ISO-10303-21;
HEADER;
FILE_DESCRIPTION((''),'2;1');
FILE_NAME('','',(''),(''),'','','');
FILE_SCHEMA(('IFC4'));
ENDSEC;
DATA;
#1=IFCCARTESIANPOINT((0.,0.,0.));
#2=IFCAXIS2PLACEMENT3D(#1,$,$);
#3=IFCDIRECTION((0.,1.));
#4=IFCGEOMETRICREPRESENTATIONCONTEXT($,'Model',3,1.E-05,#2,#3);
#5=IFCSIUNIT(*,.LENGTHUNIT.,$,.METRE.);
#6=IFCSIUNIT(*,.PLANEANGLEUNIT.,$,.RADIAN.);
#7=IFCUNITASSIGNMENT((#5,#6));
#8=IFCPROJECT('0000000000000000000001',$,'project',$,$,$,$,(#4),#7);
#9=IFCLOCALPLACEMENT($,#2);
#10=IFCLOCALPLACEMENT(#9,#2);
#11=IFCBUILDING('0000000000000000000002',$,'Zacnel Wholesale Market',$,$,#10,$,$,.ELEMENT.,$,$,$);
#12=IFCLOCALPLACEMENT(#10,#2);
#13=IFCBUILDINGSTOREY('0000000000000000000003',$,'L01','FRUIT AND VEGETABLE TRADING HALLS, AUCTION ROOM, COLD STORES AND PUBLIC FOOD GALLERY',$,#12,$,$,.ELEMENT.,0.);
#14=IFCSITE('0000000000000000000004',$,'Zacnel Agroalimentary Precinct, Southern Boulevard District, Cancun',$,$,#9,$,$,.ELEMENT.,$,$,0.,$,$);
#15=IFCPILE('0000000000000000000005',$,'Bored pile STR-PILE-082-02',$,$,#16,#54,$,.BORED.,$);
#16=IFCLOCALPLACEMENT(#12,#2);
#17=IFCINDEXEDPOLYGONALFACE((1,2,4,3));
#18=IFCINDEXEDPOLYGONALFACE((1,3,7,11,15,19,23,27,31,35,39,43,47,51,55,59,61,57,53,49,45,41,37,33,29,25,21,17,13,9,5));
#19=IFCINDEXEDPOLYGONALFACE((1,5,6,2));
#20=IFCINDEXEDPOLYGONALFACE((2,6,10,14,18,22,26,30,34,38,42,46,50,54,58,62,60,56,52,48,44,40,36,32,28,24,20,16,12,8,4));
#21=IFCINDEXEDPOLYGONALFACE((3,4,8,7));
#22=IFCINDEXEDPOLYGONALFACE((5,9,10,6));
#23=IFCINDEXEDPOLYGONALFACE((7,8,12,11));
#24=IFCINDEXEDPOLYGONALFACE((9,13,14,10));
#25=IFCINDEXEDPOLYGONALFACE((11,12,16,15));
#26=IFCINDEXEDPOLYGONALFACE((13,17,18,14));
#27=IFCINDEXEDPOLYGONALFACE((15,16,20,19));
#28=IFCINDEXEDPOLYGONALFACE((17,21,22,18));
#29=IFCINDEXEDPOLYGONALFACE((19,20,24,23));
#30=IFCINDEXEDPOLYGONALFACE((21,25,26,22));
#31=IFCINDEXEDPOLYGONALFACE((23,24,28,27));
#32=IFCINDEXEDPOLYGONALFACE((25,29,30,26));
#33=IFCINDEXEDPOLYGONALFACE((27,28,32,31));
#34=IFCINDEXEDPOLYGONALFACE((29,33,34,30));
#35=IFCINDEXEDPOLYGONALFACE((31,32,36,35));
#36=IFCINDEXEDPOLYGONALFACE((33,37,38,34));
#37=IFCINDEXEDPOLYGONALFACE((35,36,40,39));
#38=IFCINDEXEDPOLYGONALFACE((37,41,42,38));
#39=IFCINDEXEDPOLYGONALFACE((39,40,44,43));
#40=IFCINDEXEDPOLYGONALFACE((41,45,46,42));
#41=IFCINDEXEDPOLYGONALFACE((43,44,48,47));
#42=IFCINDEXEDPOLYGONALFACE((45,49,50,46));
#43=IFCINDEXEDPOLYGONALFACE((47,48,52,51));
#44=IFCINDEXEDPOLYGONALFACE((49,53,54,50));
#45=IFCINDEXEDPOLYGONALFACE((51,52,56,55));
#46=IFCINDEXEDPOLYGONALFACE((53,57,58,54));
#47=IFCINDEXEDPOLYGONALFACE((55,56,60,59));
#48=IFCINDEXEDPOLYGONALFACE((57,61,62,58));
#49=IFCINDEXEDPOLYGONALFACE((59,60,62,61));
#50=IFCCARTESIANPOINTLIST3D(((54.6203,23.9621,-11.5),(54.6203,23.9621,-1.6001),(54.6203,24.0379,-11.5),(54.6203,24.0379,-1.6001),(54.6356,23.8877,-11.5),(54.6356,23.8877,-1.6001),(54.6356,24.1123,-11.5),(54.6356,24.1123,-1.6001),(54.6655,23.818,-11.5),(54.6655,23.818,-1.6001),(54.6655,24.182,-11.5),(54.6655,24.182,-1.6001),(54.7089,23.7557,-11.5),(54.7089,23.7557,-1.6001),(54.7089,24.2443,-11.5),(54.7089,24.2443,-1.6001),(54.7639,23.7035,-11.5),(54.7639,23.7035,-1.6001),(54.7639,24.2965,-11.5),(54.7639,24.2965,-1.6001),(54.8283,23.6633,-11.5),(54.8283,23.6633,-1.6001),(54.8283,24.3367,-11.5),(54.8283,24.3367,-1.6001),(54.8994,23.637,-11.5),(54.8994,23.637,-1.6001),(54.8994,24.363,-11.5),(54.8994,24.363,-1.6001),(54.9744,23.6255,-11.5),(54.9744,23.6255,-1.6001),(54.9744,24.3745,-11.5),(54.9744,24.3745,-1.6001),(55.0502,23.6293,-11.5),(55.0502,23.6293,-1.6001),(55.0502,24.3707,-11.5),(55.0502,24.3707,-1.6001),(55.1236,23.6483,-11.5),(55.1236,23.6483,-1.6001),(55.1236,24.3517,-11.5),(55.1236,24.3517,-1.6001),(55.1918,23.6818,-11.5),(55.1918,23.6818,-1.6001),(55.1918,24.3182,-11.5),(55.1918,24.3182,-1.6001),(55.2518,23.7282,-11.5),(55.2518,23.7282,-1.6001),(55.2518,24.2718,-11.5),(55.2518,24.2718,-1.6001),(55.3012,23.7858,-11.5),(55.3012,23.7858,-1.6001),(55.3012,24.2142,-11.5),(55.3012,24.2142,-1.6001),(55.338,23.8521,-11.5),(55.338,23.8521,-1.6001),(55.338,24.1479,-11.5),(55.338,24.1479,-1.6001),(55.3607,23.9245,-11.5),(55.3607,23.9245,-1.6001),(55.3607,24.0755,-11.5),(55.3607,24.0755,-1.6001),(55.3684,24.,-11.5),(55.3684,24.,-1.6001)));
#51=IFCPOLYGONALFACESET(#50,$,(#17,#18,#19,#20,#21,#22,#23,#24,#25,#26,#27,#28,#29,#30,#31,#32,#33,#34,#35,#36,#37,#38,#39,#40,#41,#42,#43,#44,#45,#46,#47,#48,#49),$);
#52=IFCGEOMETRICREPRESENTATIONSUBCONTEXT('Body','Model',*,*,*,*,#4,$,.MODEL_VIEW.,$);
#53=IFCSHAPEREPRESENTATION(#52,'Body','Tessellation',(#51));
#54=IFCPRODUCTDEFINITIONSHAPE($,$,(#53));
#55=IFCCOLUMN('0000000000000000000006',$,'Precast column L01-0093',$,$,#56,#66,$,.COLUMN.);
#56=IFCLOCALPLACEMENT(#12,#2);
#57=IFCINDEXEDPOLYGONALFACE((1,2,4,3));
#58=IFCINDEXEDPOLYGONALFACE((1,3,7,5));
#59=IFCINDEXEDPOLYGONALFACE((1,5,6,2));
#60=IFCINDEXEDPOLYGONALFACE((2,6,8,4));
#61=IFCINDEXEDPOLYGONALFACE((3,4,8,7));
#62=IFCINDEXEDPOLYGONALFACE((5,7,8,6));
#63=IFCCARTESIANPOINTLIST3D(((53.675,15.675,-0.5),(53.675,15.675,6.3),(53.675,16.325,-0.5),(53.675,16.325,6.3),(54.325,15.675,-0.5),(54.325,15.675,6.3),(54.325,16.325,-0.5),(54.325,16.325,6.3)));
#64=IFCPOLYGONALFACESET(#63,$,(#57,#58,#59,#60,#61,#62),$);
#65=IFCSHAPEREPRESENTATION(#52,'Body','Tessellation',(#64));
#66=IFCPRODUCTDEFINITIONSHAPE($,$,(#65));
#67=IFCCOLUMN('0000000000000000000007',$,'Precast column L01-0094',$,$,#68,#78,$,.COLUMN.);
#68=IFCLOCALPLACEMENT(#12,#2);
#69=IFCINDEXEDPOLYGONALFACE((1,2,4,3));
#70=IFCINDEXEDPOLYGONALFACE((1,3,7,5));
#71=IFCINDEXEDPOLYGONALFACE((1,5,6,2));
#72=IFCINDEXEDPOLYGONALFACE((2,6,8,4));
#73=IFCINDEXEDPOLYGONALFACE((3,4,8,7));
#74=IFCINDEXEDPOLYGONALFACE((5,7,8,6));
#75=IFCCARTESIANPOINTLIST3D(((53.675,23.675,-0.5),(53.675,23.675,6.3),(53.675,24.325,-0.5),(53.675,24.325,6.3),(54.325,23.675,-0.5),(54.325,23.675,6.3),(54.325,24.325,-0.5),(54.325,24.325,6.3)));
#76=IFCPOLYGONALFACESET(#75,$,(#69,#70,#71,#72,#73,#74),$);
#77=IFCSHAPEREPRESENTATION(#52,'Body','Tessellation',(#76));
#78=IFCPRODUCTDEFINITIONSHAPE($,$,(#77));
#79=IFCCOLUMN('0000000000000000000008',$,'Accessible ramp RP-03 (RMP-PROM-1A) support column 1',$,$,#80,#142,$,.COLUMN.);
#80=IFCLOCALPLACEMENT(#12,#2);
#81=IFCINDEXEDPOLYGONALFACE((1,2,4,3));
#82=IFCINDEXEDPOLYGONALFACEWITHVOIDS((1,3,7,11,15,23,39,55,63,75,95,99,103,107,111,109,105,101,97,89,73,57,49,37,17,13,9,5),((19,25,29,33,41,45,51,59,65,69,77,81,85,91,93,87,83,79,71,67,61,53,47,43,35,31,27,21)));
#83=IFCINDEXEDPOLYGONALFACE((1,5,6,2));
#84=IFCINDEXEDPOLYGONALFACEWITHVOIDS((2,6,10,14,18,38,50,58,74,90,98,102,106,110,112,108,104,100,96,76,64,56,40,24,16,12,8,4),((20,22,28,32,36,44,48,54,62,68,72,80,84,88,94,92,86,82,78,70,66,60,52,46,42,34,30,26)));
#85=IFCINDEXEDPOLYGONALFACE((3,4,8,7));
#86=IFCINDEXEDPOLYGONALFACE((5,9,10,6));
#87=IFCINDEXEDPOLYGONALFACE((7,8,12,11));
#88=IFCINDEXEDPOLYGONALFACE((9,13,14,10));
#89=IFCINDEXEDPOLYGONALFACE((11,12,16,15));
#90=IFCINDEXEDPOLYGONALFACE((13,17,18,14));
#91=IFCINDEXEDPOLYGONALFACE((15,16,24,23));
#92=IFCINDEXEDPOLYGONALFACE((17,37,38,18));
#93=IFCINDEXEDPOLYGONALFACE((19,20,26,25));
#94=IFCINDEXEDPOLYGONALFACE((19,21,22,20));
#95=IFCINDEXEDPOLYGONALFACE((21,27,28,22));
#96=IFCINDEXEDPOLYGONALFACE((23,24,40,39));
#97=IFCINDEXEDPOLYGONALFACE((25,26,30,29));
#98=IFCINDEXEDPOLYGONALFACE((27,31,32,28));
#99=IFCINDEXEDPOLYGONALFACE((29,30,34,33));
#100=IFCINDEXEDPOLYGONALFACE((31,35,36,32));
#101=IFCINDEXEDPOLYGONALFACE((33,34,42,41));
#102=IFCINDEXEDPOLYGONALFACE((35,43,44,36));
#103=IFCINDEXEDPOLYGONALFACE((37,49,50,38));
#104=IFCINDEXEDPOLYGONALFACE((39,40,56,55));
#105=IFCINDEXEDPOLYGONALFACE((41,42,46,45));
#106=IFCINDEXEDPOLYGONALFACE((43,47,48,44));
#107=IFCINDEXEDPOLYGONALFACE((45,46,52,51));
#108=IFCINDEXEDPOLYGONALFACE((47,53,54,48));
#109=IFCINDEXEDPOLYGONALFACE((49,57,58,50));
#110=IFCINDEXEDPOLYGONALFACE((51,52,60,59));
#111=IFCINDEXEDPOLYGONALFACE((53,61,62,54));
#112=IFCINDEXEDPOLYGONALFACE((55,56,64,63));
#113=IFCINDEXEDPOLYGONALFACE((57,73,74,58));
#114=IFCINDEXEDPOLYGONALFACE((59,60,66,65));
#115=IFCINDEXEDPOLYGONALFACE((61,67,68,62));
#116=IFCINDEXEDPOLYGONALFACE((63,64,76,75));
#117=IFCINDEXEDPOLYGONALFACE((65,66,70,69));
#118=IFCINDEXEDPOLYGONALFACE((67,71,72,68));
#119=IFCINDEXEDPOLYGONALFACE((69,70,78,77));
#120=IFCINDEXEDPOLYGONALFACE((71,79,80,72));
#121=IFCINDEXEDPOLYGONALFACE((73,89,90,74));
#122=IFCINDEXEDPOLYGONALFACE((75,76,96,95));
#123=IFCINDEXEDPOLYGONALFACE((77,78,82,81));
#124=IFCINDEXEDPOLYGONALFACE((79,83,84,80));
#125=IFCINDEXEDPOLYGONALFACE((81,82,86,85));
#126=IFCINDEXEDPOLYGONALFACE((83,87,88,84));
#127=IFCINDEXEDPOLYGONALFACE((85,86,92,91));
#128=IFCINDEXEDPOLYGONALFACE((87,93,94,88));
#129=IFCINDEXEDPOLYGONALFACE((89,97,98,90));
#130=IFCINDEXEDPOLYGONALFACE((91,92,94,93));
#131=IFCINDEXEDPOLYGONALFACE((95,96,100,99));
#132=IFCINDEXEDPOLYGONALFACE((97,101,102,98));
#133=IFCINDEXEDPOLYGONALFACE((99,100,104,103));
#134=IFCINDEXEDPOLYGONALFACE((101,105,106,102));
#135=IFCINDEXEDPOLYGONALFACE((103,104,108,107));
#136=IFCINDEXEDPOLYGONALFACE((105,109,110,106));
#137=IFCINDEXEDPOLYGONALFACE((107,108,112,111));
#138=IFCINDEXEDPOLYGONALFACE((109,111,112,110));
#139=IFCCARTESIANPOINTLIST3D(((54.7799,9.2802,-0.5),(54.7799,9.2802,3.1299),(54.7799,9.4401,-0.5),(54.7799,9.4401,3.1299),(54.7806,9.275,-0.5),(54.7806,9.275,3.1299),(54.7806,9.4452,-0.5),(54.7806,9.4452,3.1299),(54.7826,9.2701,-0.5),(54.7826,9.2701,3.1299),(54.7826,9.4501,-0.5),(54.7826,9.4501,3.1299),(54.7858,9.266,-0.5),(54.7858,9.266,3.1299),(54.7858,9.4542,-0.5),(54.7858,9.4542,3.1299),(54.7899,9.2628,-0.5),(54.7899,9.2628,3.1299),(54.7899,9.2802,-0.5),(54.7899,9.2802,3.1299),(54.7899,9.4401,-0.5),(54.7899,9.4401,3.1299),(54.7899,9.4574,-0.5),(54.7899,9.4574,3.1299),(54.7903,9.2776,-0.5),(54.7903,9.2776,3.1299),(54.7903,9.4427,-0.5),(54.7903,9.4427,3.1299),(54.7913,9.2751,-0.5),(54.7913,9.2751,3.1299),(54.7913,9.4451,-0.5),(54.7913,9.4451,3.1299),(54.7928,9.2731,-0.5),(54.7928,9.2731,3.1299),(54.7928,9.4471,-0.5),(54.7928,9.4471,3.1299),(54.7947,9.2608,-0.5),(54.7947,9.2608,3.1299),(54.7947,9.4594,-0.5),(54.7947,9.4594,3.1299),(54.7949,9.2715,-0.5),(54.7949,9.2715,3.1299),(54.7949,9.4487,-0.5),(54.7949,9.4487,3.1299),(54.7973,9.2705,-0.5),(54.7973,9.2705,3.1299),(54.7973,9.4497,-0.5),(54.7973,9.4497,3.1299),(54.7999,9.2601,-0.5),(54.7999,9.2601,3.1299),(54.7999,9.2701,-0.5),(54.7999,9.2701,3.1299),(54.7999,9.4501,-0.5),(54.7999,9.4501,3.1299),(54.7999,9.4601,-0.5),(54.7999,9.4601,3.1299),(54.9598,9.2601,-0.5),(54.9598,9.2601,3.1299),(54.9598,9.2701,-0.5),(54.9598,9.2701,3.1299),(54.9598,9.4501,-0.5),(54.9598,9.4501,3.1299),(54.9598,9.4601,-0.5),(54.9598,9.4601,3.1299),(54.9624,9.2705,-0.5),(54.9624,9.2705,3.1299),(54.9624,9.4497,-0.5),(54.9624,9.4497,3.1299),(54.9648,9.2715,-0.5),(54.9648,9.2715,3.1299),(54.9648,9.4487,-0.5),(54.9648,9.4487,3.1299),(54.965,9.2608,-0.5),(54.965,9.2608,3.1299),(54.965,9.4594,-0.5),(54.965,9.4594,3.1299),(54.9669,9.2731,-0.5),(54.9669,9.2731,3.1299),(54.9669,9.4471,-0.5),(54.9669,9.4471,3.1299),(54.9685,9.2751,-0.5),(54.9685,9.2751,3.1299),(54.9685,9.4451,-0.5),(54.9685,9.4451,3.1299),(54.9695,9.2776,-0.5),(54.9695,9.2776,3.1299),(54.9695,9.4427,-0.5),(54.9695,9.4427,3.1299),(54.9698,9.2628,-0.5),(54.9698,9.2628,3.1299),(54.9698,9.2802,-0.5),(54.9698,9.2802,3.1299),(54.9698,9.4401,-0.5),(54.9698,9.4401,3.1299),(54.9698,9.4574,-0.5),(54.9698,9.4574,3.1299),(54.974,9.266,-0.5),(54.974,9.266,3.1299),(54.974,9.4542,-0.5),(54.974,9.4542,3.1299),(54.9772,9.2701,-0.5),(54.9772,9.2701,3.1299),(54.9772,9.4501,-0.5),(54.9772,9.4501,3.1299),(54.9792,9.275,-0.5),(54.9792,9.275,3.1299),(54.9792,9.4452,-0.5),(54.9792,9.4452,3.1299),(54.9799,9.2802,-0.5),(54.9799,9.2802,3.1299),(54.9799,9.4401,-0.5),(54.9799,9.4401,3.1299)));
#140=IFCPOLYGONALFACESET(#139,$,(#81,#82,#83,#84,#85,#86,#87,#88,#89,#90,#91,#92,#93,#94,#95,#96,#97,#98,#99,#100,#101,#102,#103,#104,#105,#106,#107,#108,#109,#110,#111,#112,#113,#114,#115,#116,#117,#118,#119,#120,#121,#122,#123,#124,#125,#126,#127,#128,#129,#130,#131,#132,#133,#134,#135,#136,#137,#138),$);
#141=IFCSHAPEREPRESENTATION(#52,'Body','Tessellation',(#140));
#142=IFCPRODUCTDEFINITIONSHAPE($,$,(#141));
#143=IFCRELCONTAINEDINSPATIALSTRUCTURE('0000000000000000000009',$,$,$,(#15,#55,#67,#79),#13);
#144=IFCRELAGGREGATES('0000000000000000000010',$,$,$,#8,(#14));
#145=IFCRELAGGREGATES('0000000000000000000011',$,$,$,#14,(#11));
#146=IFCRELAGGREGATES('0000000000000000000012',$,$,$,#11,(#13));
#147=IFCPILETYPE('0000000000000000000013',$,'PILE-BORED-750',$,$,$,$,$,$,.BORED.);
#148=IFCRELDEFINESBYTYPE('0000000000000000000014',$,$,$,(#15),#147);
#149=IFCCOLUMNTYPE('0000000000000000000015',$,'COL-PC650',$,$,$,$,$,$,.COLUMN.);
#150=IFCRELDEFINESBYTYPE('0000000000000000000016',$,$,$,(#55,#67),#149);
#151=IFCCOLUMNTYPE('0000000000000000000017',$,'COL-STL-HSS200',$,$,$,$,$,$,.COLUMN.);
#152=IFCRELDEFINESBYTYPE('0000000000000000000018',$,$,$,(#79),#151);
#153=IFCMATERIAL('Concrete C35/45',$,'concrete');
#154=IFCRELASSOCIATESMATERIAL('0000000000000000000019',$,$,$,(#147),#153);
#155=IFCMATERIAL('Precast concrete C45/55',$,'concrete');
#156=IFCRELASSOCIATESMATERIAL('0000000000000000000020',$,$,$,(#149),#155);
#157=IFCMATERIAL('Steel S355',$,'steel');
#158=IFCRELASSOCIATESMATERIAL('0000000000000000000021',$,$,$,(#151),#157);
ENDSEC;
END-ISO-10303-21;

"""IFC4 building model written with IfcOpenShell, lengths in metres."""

from ifc_helpers import new_model, si_unit, direction, frame, origin, origin_2d, place, context, subcontext, project, spatial, rectangle, hollow_rectangle, circle, extrude, material, material_profile, profile_set, type_object, element, save


model = new_model("IFC4")

# Units and contexts
model_context = context("Model", 3, precision=1e-05, world=origin(), true_north=direction((0.0, 1.0)))
body_context = subcontext(model_context, "Body", "Model", "MODEL_VIEW")
ifc_project = project(units=[si_unit("LENGTHUNIT", "METRE"), si_unit("PLANEANGLEUNIT", "RADIAN")], contexts=[model_context])

# Site, building, storey
site_placement = place(None, origin())
site = spatial("IfcSite", under=ifc_project, at=site_placement, Name="Zacnel Agroalimentary Precinct, Southern Boulevard District, Cancun", CompositionType="ELEMENT", RefElevation=0.0)
building_placement = place(site_placement, origin())
building = spatial("IfcBuilding", under=site, at=building_placement, Name="Zacnel Wholesale Market", CompositionType="ELEMENT")
storey_placement = place(building_placement, origin())
storey = spatial("IfcBuildingStorey", under=building, at=storey_placement, Name="L01", Description="FRUIT AND VEGETABLE TRADING HALLS, AUCTION ROOM, COLD STORES AND PUBLIC FOOD GALLERY", CompositionType="ELEMENT", Elevation=0.0)

# Pile
ifc_material_1 = material(Name="Concrete C35/45", Category="concrete")
ifc_material_profile_1 = material_profile(ifc_material_1, circle(Radius=0.375, at=origin_2d()), Name="BORED PILE D750")
ifc_profile_set_1 = profile_set([ifc_material_profile_1], Name="Concrete C35/45")
pile_type = type_object("IfcPileType", Name="PILE-BORED-750", PredefinedType="BORED", material=ifc_profile_set_1)
pile_placement = place(storey_placement, frame((54.9934, 24.0, -1.6001), z_axis=(0.0, 0.0, -1.0), x_axis=(1.0, 0.0, 0.0)))
element("IfcPile", 1, at=pile_placement, inside=storey, type_object=pile_type, Name="Bored pile STR-PILE-082-02", PredefinedType="BORED", context=body_context, shape_type="SweptSolid", body=[
    extrude(circle(Radius=0.375, at=origin_2d()), origin(), (0.0, 0.0, 1.0), 9.8999),
])

# Columns
ifc_material_2 = material(Name="Precast concrete C45/55", Category="concrete")
ifc_material_profile_2 = material_profile(ifc_material_2, rectangle(XDim=0.6499, YDim=0.6499, at=origin_2d()), Name="PC 650x650")
ifc_profile_set_2 = profile_set([ifc_material_profile_2], Name="Precast concrete C45/55")
column_type_1 = type_object("IfcColumnType", Name="COL-PC650", PredefinedType="COLUMN", material=ifc_profile_set_2)
for number, where, z_axis, x_axis, name in (
    (2, (54.0, 16.0, -0.5), (0.0, 0.0, 1.0), (1.0, 0.0, 0.0), "Precast column L01-0093"),
    (3, (54.0, 24.0, -0.5), (0.0, 0.0, 1.0), (1.0, 0.0, 0.0), "Precast column L01-0094"),
):
    element("IfcColumn", number, at=place(storey_placement, frame(where, z_axis=z_axis, x_axis=x_axis)), inside=storey, type_object=column_type_1, Name=name, PredefinedType="COLUMN", context=body_context, shape_type="SweptSolid", body=[
        extrude(rectangle(XDim=0.6499, YDim=0.6499, at=origin_2d()), origin(), (0.0, 0.0, 1.0), 6.8),
    ])
ifc_material_3 = material(Name="Steel S355", Category="steel")
ifc_material_profile_3 = material_profile(ifc_material_3, hollow_rectangle(XDim=0.2, YDim=0.2, WallThickness=0.01, InnerFilletRadius=0.01, OuterFilletRadius=0.02, at=origin_2d()), Name="HSS 200x200x10")
ifc_profile_set_3 = profile_set([ifc_material_profile_3], Name="Steel S355")
column_type_2 = type_object("IfcColumnType", Name="COL-STL-HSS200", PredefinedType="COLUMN", material=ifc_profile_set_3)
for number, where, z_axis, x_axis, name in (
    (4, (54.8799, 9.3601, -0.5), (0.0, 0.0, 1.0), (1.0, 0.0, 0.0), "Accessible ramp RP-03 (RMP-PROM-1A) support column 1"),
):
    element("IfcColumn", number, at=place(storey_placement, frame(where, z_axis=z_axis, x_axis=x_axis)), inside=storey, type_object=column_type_2, Name=name, PredefinedType="COLUMN", context=body_context, shape_type="SweptSolid", body=[
        extrude(hollow_rectangle(XDim=0.2, YDim=0.2, WallThickness=0.01, InnerFilletRadius=0.01, OuterFilletRadius=0.02, at=origin_2d()), origin(), (0.0, 0.0, 1.0), 3.6299),
    ])

save(model, "model.ifc")
